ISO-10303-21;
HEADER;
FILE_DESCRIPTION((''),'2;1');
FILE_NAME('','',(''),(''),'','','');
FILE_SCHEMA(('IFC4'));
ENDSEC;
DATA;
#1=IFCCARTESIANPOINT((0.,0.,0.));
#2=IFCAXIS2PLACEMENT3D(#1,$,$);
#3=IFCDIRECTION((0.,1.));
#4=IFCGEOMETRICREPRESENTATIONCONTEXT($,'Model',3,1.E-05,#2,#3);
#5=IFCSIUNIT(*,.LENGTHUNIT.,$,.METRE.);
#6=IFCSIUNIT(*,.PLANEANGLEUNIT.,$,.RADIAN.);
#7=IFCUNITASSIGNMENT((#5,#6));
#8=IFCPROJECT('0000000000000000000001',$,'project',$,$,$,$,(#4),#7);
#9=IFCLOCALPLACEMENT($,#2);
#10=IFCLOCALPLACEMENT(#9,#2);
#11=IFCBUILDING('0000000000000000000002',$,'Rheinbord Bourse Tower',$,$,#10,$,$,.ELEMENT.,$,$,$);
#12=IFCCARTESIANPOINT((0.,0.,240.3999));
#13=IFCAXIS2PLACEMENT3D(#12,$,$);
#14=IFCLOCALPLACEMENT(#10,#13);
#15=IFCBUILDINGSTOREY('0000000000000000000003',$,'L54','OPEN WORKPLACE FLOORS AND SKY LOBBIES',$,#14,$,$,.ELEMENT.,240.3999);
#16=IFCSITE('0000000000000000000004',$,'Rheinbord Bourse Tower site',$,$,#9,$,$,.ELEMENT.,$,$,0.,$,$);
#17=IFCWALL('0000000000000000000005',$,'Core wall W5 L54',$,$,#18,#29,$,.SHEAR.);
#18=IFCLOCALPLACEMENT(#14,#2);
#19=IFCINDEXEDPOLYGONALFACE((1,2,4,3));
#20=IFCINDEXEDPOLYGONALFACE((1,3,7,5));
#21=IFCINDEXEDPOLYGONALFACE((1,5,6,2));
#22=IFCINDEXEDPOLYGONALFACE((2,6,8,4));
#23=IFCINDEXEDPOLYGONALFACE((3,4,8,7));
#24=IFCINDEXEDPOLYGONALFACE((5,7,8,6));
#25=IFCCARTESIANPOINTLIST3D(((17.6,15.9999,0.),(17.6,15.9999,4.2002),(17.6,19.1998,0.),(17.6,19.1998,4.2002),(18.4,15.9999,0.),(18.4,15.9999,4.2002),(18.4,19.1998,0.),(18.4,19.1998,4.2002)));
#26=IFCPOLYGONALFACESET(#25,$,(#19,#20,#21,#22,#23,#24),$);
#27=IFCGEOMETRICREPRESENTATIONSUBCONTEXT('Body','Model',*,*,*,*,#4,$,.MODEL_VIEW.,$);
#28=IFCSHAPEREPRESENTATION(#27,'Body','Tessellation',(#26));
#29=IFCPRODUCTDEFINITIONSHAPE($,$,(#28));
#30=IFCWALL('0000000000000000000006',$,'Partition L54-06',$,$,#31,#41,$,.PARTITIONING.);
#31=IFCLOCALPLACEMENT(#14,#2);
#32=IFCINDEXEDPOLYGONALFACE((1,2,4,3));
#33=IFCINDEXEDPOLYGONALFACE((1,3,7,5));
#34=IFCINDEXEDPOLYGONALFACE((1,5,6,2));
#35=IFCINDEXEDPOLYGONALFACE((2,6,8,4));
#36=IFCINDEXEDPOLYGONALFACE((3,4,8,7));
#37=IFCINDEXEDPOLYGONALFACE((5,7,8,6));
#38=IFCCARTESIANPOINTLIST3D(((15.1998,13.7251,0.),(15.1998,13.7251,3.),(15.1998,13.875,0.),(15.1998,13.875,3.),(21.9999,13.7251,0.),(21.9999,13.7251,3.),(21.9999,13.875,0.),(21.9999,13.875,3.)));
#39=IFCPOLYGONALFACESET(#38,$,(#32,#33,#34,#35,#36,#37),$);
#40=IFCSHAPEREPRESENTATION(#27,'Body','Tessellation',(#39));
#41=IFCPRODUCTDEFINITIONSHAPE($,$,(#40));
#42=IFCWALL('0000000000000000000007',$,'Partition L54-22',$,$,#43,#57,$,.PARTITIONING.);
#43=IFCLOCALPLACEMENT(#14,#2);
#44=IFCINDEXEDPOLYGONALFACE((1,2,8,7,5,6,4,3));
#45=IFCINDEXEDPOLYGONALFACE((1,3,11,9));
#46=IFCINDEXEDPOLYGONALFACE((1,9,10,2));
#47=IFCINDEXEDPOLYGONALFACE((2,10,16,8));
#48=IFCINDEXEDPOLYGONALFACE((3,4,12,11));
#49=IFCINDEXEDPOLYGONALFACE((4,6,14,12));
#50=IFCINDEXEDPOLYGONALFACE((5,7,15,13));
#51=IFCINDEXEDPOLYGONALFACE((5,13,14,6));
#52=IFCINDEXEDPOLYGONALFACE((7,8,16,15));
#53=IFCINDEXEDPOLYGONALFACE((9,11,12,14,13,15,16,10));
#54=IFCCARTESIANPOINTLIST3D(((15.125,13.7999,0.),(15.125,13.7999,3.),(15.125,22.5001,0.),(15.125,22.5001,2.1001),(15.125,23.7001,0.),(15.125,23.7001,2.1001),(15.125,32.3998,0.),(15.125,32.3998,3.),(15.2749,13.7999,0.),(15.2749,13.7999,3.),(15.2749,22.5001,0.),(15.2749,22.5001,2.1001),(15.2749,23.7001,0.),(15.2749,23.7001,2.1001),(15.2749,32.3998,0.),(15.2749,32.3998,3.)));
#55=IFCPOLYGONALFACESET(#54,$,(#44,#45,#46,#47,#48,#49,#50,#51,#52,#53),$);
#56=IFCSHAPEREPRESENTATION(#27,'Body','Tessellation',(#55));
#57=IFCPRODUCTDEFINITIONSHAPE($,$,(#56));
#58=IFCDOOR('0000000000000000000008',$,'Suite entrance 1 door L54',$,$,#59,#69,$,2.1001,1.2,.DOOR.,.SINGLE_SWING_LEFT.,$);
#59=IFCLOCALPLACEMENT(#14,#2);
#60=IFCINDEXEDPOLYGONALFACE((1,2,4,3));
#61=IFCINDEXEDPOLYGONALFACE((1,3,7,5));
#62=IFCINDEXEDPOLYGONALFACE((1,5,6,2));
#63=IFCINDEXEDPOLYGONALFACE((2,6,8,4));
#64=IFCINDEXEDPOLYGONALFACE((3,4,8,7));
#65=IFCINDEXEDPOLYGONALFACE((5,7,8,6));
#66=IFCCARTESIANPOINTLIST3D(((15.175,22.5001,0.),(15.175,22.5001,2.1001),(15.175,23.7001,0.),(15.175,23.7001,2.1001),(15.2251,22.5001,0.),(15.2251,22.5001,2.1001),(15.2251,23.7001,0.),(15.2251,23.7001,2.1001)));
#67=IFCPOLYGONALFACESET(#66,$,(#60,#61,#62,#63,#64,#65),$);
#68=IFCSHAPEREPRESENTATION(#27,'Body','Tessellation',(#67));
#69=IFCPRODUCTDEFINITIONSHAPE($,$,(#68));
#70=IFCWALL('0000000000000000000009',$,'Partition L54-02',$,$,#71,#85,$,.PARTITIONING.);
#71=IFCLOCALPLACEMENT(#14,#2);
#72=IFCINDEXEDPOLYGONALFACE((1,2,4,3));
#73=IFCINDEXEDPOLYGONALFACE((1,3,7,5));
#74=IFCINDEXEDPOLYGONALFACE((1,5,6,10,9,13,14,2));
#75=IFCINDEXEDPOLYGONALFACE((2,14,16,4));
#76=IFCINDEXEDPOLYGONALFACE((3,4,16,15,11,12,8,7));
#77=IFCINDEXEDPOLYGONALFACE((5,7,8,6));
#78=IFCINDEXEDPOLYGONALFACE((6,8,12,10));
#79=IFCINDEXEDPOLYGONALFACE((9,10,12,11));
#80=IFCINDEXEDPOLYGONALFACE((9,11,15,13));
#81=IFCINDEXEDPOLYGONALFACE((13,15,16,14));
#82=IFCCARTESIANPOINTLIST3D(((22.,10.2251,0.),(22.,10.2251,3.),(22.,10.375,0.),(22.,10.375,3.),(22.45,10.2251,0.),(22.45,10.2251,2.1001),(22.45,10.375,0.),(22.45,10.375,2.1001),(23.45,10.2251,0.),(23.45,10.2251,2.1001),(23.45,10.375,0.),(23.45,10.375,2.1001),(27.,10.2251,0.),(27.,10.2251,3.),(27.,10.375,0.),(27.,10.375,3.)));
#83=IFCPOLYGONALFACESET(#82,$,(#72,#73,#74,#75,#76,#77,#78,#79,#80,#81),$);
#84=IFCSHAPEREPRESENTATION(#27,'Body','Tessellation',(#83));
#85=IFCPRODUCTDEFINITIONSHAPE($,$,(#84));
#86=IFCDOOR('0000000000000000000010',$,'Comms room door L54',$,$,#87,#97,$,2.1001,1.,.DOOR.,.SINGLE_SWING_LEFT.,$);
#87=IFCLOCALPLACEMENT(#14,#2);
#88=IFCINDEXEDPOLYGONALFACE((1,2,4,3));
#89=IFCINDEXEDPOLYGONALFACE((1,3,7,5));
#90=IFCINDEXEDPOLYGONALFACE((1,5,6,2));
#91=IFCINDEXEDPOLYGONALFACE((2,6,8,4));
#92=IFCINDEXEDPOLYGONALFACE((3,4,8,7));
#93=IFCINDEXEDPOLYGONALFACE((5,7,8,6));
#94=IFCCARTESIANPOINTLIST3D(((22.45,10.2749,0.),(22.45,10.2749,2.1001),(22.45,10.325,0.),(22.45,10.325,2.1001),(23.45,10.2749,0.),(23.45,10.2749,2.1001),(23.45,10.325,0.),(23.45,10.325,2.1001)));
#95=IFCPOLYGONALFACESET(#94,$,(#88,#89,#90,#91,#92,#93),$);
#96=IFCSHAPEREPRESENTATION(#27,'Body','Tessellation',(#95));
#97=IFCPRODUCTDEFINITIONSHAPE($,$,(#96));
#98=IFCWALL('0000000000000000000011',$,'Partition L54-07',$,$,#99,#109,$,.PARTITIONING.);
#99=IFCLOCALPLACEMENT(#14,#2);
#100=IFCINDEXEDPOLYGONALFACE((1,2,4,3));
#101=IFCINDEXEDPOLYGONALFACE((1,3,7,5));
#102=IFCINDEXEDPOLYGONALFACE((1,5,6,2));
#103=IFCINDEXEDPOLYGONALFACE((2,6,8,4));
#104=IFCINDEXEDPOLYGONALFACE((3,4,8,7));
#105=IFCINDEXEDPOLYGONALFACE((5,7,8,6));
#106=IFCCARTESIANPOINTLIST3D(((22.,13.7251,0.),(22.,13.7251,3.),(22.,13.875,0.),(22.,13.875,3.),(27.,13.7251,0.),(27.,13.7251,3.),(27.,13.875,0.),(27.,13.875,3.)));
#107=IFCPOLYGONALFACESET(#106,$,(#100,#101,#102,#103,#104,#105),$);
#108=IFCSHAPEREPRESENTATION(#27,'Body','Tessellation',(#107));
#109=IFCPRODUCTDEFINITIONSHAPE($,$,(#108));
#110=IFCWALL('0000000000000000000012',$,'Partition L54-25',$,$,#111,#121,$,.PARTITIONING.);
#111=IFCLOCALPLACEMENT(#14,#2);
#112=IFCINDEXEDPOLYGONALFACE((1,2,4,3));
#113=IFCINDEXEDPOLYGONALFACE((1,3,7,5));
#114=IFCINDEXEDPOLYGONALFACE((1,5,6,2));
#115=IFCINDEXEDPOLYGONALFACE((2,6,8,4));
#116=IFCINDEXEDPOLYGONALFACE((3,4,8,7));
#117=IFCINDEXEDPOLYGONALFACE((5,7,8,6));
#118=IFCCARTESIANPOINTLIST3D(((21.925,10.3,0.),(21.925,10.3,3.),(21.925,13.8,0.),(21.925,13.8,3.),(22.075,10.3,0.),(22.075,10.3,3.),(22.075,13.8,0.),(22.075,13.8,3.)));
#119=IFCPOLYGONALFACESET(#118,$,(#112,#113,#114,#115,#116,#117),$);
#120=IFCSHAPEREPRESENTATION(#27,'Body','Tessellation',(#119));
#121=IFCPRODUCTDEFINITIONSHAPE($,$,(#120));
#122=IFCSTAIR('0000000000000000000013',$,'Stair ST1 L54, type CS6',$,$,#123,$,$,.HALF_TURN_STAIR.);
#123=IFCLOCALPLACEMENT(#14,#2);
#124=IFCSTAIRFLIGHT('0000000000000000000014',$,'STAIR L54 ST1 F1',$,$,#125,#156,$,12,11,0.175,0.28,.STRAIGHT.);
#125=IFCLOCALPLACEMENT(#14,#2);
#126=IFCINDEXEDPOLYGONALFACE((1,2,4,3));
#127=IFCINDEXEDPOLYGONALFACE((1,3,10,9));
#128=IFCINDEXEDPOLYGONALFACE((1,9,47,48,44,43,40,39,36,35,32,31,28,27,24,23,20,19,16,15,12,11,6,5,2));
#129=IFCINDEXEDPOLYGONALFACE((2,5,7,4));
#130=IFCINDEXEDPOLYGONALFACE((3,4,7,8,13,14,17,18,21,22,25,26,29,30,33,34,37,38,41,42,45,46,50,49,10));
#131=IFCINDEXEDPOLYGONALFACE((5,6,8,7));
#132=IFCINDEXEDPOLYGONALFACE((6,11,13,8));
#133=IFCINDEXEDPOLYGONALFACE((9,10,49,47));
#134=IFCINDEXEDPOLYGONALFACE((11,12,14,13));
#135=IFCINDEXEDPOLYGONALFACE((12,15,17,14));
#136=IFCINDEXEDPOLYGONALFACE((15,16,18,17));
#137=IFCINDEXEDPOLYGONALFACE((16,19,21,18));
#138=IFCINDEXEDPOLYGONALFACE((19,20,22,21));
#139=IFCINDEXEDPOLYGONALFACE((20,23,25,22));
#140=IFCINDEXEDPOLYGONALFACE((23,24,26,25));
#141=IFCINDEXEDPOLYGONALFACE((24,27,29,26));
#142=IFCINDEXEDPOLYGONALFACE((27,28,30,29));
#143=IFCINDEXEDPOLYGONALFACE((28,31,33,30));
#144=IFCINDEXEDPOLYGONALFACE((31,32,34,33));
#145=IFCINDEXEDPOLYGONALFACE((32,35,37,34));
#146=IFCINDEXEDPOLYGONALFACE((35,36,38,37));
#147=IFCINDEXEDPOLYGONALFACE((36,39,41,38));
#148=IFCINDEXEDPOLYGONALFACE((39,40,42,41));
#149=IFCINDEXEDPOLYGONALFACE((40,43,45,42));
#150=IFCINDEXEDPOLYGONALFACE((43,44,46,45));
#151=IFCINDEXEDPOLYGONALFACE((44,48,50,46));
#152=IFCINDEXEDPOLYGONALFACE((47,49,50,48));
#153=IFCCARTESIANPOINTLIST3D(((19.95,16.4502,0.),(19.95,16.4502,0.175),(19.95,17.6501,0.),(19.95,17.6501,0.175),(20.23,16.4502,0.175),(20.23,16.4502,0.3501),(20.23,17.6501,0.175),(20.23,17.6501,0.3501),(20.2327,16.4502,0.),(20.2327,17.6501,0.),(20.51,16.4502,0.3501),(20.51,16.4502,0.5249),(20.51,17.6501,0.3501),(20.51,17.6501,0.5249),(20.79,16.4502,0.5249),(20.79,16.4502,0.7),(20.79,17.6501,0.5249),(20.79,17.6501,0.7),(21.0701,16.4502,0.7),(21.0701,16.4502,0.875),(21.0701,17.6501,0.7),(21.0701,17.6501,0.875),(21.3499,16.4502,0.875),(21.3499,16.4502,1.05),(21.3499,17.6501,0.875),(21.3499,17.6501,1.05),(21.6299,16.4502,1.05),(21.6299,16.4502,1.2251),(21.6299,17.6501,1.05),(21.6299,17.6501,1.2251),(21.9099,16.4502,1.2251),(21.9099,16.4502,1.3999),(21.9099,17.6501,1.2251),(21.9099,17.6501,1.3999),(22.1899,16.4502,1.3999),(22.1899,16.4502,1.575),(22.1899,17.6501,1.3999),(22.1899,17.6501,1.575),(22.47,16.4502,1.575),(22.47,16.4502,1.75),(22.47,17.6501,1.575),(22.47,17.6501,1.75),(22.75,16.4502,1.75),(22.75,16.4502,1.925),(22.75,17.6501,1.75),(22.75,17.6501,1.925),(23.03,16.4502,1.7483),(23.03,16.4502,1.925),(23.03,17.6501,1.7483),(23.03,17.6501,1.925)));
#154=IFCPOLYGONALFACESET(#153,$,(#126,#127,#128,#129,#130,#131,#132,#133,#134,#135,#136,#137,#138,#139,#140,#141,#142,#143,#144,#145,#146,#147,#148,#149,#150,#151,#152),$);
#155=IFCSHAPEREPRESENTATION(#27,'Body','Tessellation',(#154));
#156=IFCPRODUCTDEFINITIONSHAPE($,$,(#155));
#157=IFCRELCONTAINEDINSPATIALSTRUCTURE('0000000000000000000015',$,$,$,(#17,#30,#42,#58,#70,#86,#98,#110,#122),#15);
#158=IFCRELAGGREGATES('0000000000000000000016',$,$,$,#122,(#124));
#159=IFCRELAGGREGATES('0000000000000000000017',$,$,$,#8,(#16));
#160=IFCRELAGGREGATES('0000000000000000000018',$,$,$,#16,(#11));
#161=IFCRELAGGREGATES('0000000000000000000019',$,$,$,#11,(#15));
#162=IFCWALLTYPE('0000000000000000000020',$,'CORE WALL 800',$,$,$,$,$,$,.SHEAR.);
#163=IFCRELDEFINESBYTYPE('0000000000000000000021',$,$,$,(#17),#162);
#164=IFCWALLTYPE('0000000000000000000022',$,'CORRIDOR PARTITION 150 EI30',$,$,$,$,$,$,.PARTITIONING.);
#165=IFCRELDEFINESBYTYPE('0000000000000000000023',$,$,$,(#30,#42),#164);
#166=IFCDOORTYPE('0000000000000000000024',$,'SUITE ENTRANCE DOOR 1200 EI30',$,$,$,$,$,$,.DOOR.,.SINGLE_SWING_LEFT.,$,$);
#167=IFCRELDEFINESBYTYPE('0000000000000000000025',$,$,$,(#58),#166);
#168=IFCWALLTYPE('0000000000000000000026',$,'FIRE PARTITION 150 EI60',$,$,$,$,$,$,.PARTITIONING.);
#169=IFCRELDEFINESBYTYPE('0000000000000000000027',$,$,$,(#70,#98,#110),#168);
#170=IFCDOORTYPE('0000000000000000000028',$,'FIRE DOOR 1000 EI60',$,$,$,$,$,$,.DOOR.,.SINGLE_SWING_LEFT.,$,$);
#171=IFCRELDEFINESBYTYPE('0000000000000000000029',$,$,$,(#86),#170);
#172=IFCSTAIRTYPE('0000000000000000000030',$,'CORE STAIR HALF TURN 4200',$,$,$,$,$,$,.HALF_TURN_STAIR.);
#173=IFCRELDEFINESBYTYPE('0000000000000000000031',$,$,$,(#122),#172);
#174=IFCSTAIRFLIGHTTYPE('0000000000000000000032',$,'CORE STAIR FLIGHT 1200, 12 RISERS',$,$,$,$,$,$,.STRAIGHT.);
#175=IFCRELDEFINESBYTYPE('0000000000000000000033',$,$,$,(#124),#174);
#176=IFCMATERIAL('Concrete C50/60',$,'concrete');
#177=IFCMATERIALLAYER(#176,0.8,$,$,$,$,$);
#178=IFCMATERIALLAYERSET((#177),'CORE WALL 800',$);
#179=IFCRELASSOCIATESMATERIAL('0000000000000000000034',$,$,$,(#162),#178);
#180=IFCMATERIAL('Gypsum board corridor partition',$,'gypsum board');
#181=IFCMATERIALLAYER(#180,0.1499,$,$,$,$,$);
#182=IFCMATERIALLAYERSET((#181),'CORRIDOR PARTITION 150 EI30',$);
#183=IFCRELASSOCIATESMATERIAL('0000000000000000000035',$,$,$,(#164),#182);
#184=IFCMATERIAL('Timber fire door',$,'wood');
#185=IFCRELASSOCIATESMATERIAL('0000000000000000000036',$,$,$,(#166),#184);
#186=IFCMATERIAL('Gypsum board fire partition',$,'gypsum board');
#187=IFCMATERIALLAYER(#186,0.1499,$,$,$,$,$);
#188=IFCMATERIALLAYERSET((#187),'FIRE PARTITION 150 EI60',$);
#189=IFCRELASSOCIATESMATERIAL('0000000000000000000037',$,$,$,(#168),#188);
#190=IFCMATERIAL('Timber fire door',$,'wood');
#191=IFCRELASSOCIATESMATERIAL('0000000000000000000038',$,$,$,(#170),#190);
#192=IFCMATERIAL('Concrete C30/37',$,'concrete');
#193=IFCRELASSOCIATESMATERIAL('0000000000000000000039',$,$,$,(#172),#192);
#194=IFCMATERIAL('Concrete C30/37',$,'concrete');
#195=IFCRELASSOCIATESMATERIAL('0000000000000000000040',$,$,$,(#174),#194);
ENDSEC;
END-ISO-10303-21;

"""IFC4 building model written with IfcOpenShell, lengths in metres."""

from ifc_helpers import new_model, si_unit, direction, frame, frame_2d, origin, place, context, subcontext, project, spatial, polyline, rectangle, outline, extrude, material, layer, layer_set, type_object, element, fill, aggregate, save


model = new_model("IFC4")

# Units and contexts
model_context = context("Model", 3, precision=1e-05, world=origin(), true_north=direction((0.0, 1.0)))
body_context = subcontext(model_context, "Body", "Model", "MODEL_VIEW")
ifc_project = project(units=[si_unit("LENGTHUNIT", "METRE"), si_unit("PLANEANGLEUNIT", "RADIAN")], contexts=[model_context])

# Site, building, storey
site_placement = place(None, origin())
site = spatial("IfcSite", under=ifc_project, at=site_placement, Name="Rheinbord Bourse Tower site", CompositionType="ELEMENT", RefElevation=0.0)
building_placement = place(site_placement, origin())
building = spatial("IfcBuilding", under=site, at=building_placement, Name="Rheinbord Bourse Tower", CompositionType="ELEMENT")
storey_placement = place(building_placement, frame((0.0, 0.0, 240.3999)))
storey = spatial("IfcBuildingStorey", under=building, at=storey_placement, Name="L54", Description="OPEN WORKPLACE FLOORS AND SKY LOBBIES", CompositionType="ELEMENT", Elevation=240.3999)

# Shared definitions
ifc_material_1 = material(Name="Concrete C50/60", Category="concrete")
ifc_layer_1 = layer(ifc_material_1, 0.8)
ifc_layer_set_1 = layer_set([ifc_layer_1], Name="CORE WALL 800")
wall_type_1 = type_object("IfcWallType", Name="CORE WALL 800", PredefinedType="SHEAR", material=ifc_layer_set_1)

# Walls
wall_1_placement = place(storey_placement, frame((18.0, 19.2, 0.0), z_axis=(0.0, 0.0, 1.0), x_axis=(0.0, -1.0, 0.0)))
element("IfcWall", 1, at=wall_1_placement, inside=storey, type_object=wall_type_1, Name="Core wall W5 L54", PredefinedType="SHEAR", context=body_context, shape_type="SweptSolid", body=[
    extrude(rectangle(XDim=3.2, YDim=0.8, at=frame_2d((1.6001, 0.0))), origin(), (0.0, 0.0, 1.0), 4.2002),
])
ifc_material_2 = material(Name="Gypsum board corridor partition", Category="gypsum board")
ifc_layer_2 = layer(ifc_material_2, 0.1499)
ifc_layer_set_2 = layer_set([ifc_layer_2], Name="CORRIDOR PARTITION 150 EI30")
wall_type_2 = type_object("IfcWallType", Name="CORRIDOR PARTITION 150 EI30", PredefinedType="PARTITIONING", material=ifc_layer_set_2)
wall_2_placement = place(storey_placement, frame((15.2, 13.8, 0.0), z_axis=(0.0, 0.0, 1.0), x_axis=(1.0, 0.0, 0.0)))
element("IfcWall", 2, at=wall_2_placement, inside=storey, type_object=wall_type_2, Name="Partition L54-06", PredefinedType="PARTITIONING", context=body_context, shape_type="SweptSolid", body=[
    extrude(rectangle(XDim=6.8, YDim=0.1499, at=frame_2d((3.3999, 0.0))), origin(), (0.0, 0.0, 1.0), 3.0),
])

# Walls, openings, doors
wall_3_placement = place(storey_placement, frame((15.2, 13.8, 0.0), z_axis=(0.0, 0.0, 1.0), x_axis=(0.0, 1.0, 0.0)))
wall_3 = element("IfcWall", 3, at=wall_3_placement, inside=storey, type_object=wall_type_2, Name="Partition L54-22", PredefinedType="PARTITIONING", context=body_context, shape_type="SweptSolid", body=[
    extrude(rectangle(XDim=18.5999, YDim=0.1499, at=frame_2d((9.2998, 0.0))), origin(), (0.0, 0.0, 1.0), 3.0),
])
opening_1_placement = place(wall_3_placement, frame((8.7, 0.0, 0.0)))
opening_1 = element("IfcOpeningElement", 4, at=opening_1_placement, cuts=wall_3, PredefinedType="OPENING", context=body_context, shape_type="SweptSolid", body=[
    extrude(rectangle(XDim=1.2, YDim=2.1001, at=frame_2d((0.6001, 1.05))), frame((0.0, 0.085, 0.0), z_axis=(0.0, -1.0, 0.0), x_axis=(1.0, 0.0, 0.0)), (0.0, 0.0, 1.0), 0.1699),
])
ifc_material_3 = material(Name="Timber fire door", Category="wood")
door_type_1 = type_object("IfcDoorType", Name="SUITE ENTRANCE DOOR 1200 EI30", OperationType="SINGLE_SWING_LEFT", PredefinedType="DOOR", material=ifc_material_3)
door_1_placement = place(opening_1_placement, origin())
door_1 = element("IfcDoor", 5, at=door_1_placement, inside=storey, type_object=door_type_1, Name="Suite entrance 1 door L54", OperationType="SINGLE_SWING_LEFT", OverallHeight=2.1001, OverallWidth=1.2, PredefinedType="DOOR", context=body_context, shape_type="SweptSolid", body=[
    extrude(rectangle(XDim=1.2, YDim=2.1001, at=frame_2d((0.6001, 1.05))), frame((0.0, 0.0249, 0.0), z_axis=(0.0, -1.0, 0.0), x_axis=(1.0, 0.0, 0.0)), (0.0, 0.0, 1.0), 0.05),
])
fill(opening_1, door_1)
ifc_material_4 = material(Name="Gypsum board fire partition", Category="gypsum board")
ifc_layer_3 = layer(ifc_material_4, 0.1499)
ifc_layer_set_3 = layer_set([ifc_layer_3], Name="FIRE PARTITION 150 EI60")
wall_type_3 = type_object("IfcWallType", Name="FIRE PARTITION 150 EI60", PredefinedType="PARTITIONING", material=ifc_layer_set_3)
wall_4_placement = place(storey_placement, frame((22.0, 10.3, 0.0), z_axis=(0.0, 0.0, 1.0), x_axis=(1.0, 0.0, 0.0)))
wall_4 = element("IfcWall", 6, at=wall_4_placement, inside=storey, type_object=wall_type_3, Name="Partition L54-02", PredefinedType="PARTITIONING", context=body_context, shape_type="SweptSolid", body=[
    extrude(rectangle(XDim=5.0, YDim=0.1499, at=frame_2d((2.5, 0.0))), origin(), (0.0, 0.0, 1.0), 3.0),
])
opening_2_placement = place(wall_4_placement, frame((0.45, 0.0, 0.0)))
opening_2 = element("IfcOpeningElement", 7, at=opening_2_placement, cuts=wall_4, PredefinedType="OPENING", context=body_context, shape_type="SweptSolid", body=[
    extrude(rectangle(XDim=1.0, YDim=2.1001, at=frame_2d((0.5, 1.05))), frame((0.0, 0.085, 0.0), z_axis=(0.0, -1.0, 0.0), x_axis=(1.0, 0.0, 0.0)), (0.0, 0.0, 1.0), 0.1699),
])
ifc_material_5 = material(Name="Timber fire door", Category="wood")
door_type_2 = type_object("IfcDoorType", Name="FIRE DOOR 1000 EI60", OperationType="SINGLE_SWING_LEFT", PredefinedType="DOOR", material=ifc_material_5)
door_2_placement = place(opening_2_placement, origin())
door_2 = element("IfcDoor", 8, at=door_2_placement, inside=storey, type_object=door_type_2, Name="Comms room door L54", OperationType="SINGLE_SWING_LEFT", OverallHeight=2.1001, OverallWidth=1.0, PredefinedType="DOOR", context=body_context, shape_type="SweptSolid", body=[
    extrude(rectangle(XDim=1.0, YDim=2.1001, at=frame_2d((0.5, 1.05))), frame((0.0, 0.0249, 0.0), z_axis=(0.0, -1.0, 0.0), x_axis=(1.0, 0.0, 0.0)), (0.0, 0.0, 1.0), 0.05),
])
fill(opening_2, door_2)

# Walls
wall_5_placement = place(storey_placement, frame((22.0, 13.8, 0.0), z_axis=(0.0, 0.0, 1.0), x_axis=(1.0, 0.0, 0.0)))
element("IfcWall", 9, at=wall_5_placement, inside=storey, type_object=wall_type_3, Name="Partition L54-07", PredefinedType="PARTITIONING", context=body_context, shape_type="SweptSolid", body=[
    extrude(rectangle(XDim=5.0, YDim=0.1499, at=frame_2d((2.5, 0.0))), origin(), (0.0, 0.0, 1.0), 3.0),
])
wall_6_placement = place(storey_placement, frame((22.0, 10.3, 0.0), z_axis=(0.0, 0.0, 1.0), x_axis=(0.0, 1.0, 0.0)))
element("IfcWall", 10, at=wall_6_placement, inside=storey, type_object=wall_type_3, Name="Partition L54-25", PredefinedType="PARTITIONING", context=body_context, shape_type="SweptSolid", body=[
    extrude(rectangle(XDim=3.5, YDim=0.1499, at=frame_2d((1.75, 0.0))), origin(), (0.0, 0.0, 1.0), 3.0),
])

# Stair, stair flight
ifc_material_6 = material(Name="Concrete C30/37", Category="concrete")
stair_type = type_object("IfcStairType", Name="CORE STAIR HALF TURN 4200", PredefinedType="HALF_TURN_STAIR", material=ifc_material_6)
stair_placement = place(storey_placement, origin())
stair = element("IfcStair", 11, at=stair_placement, inside=storey, type_object=stair_type, Name="Stair ST1 L54, type CS6", PredefinedType="HALF_TURN_STAIR")
ifc_material_7 = material(Name="Concrete C30/37", Category="concrete")
stair_flight_type = type_object("IfcStairFlightType", Name="CORE STAIR FLIGHT 1200, 12 RISERS", PredefinedType="STRAIGHT", material=ifc_material_7)
stair_flight_1_placement = place(storey_placement, frame((19.95, 17.05, 0.0), z_axis=(0.0, 0.0, 1.0), x_axis=(1.0, 0.0, 0.0)))
stair_flight_1 = element("IfcStairFlight", 12, at=stair_flight_1_placement, type_object=stair_flight_type, Name="STAIR L54 ST1 F1", NumberOfRisers=12, NumberOfTreads=11, PredefinedType="STRAIGHT", RiserHeight=0.175, TreadLength=0.28, context=body_context, shape_type="SweptSolid", body=[
    extrude(outline(polyline([(0.0, 0.0), (0.0, 0.175), (0.28, 0.175), (0.28, 0.3501), (0.5601, 0.3501), (0.5601, 0.5249), (0.8401, 0.5249), (0.8401, 0.7), (1.1201, 0.7), (1.1201, 0.875), (1.3999, 0.875), (1.3999, 1.05), (1.6799, 1.05), (1.6799, 1.2251), (1.96, 1.2251), (1.96, 1.3999), (2.24, 1.3999), (2.24, 1.575), (2.52, 1.575), (2.52, 1.75), (2.8, 1.75), (2.8, 1.925), (3.0801, 1.925), (3.0801, 2.1001), (3.0801, 1.7483), (0.2827, 0.0), (0.0, 0.0)])), frame((0.0, 0.6001, 0.0), z_axis=(0.0, -1.0, 0.0), x_axis=(1.0, 0.0, 0.0)), (0.0, 0.0, 1.0), 1.2),
])
aggregate(stair, [stair_flight_1])

save(model, "model.ifc")
